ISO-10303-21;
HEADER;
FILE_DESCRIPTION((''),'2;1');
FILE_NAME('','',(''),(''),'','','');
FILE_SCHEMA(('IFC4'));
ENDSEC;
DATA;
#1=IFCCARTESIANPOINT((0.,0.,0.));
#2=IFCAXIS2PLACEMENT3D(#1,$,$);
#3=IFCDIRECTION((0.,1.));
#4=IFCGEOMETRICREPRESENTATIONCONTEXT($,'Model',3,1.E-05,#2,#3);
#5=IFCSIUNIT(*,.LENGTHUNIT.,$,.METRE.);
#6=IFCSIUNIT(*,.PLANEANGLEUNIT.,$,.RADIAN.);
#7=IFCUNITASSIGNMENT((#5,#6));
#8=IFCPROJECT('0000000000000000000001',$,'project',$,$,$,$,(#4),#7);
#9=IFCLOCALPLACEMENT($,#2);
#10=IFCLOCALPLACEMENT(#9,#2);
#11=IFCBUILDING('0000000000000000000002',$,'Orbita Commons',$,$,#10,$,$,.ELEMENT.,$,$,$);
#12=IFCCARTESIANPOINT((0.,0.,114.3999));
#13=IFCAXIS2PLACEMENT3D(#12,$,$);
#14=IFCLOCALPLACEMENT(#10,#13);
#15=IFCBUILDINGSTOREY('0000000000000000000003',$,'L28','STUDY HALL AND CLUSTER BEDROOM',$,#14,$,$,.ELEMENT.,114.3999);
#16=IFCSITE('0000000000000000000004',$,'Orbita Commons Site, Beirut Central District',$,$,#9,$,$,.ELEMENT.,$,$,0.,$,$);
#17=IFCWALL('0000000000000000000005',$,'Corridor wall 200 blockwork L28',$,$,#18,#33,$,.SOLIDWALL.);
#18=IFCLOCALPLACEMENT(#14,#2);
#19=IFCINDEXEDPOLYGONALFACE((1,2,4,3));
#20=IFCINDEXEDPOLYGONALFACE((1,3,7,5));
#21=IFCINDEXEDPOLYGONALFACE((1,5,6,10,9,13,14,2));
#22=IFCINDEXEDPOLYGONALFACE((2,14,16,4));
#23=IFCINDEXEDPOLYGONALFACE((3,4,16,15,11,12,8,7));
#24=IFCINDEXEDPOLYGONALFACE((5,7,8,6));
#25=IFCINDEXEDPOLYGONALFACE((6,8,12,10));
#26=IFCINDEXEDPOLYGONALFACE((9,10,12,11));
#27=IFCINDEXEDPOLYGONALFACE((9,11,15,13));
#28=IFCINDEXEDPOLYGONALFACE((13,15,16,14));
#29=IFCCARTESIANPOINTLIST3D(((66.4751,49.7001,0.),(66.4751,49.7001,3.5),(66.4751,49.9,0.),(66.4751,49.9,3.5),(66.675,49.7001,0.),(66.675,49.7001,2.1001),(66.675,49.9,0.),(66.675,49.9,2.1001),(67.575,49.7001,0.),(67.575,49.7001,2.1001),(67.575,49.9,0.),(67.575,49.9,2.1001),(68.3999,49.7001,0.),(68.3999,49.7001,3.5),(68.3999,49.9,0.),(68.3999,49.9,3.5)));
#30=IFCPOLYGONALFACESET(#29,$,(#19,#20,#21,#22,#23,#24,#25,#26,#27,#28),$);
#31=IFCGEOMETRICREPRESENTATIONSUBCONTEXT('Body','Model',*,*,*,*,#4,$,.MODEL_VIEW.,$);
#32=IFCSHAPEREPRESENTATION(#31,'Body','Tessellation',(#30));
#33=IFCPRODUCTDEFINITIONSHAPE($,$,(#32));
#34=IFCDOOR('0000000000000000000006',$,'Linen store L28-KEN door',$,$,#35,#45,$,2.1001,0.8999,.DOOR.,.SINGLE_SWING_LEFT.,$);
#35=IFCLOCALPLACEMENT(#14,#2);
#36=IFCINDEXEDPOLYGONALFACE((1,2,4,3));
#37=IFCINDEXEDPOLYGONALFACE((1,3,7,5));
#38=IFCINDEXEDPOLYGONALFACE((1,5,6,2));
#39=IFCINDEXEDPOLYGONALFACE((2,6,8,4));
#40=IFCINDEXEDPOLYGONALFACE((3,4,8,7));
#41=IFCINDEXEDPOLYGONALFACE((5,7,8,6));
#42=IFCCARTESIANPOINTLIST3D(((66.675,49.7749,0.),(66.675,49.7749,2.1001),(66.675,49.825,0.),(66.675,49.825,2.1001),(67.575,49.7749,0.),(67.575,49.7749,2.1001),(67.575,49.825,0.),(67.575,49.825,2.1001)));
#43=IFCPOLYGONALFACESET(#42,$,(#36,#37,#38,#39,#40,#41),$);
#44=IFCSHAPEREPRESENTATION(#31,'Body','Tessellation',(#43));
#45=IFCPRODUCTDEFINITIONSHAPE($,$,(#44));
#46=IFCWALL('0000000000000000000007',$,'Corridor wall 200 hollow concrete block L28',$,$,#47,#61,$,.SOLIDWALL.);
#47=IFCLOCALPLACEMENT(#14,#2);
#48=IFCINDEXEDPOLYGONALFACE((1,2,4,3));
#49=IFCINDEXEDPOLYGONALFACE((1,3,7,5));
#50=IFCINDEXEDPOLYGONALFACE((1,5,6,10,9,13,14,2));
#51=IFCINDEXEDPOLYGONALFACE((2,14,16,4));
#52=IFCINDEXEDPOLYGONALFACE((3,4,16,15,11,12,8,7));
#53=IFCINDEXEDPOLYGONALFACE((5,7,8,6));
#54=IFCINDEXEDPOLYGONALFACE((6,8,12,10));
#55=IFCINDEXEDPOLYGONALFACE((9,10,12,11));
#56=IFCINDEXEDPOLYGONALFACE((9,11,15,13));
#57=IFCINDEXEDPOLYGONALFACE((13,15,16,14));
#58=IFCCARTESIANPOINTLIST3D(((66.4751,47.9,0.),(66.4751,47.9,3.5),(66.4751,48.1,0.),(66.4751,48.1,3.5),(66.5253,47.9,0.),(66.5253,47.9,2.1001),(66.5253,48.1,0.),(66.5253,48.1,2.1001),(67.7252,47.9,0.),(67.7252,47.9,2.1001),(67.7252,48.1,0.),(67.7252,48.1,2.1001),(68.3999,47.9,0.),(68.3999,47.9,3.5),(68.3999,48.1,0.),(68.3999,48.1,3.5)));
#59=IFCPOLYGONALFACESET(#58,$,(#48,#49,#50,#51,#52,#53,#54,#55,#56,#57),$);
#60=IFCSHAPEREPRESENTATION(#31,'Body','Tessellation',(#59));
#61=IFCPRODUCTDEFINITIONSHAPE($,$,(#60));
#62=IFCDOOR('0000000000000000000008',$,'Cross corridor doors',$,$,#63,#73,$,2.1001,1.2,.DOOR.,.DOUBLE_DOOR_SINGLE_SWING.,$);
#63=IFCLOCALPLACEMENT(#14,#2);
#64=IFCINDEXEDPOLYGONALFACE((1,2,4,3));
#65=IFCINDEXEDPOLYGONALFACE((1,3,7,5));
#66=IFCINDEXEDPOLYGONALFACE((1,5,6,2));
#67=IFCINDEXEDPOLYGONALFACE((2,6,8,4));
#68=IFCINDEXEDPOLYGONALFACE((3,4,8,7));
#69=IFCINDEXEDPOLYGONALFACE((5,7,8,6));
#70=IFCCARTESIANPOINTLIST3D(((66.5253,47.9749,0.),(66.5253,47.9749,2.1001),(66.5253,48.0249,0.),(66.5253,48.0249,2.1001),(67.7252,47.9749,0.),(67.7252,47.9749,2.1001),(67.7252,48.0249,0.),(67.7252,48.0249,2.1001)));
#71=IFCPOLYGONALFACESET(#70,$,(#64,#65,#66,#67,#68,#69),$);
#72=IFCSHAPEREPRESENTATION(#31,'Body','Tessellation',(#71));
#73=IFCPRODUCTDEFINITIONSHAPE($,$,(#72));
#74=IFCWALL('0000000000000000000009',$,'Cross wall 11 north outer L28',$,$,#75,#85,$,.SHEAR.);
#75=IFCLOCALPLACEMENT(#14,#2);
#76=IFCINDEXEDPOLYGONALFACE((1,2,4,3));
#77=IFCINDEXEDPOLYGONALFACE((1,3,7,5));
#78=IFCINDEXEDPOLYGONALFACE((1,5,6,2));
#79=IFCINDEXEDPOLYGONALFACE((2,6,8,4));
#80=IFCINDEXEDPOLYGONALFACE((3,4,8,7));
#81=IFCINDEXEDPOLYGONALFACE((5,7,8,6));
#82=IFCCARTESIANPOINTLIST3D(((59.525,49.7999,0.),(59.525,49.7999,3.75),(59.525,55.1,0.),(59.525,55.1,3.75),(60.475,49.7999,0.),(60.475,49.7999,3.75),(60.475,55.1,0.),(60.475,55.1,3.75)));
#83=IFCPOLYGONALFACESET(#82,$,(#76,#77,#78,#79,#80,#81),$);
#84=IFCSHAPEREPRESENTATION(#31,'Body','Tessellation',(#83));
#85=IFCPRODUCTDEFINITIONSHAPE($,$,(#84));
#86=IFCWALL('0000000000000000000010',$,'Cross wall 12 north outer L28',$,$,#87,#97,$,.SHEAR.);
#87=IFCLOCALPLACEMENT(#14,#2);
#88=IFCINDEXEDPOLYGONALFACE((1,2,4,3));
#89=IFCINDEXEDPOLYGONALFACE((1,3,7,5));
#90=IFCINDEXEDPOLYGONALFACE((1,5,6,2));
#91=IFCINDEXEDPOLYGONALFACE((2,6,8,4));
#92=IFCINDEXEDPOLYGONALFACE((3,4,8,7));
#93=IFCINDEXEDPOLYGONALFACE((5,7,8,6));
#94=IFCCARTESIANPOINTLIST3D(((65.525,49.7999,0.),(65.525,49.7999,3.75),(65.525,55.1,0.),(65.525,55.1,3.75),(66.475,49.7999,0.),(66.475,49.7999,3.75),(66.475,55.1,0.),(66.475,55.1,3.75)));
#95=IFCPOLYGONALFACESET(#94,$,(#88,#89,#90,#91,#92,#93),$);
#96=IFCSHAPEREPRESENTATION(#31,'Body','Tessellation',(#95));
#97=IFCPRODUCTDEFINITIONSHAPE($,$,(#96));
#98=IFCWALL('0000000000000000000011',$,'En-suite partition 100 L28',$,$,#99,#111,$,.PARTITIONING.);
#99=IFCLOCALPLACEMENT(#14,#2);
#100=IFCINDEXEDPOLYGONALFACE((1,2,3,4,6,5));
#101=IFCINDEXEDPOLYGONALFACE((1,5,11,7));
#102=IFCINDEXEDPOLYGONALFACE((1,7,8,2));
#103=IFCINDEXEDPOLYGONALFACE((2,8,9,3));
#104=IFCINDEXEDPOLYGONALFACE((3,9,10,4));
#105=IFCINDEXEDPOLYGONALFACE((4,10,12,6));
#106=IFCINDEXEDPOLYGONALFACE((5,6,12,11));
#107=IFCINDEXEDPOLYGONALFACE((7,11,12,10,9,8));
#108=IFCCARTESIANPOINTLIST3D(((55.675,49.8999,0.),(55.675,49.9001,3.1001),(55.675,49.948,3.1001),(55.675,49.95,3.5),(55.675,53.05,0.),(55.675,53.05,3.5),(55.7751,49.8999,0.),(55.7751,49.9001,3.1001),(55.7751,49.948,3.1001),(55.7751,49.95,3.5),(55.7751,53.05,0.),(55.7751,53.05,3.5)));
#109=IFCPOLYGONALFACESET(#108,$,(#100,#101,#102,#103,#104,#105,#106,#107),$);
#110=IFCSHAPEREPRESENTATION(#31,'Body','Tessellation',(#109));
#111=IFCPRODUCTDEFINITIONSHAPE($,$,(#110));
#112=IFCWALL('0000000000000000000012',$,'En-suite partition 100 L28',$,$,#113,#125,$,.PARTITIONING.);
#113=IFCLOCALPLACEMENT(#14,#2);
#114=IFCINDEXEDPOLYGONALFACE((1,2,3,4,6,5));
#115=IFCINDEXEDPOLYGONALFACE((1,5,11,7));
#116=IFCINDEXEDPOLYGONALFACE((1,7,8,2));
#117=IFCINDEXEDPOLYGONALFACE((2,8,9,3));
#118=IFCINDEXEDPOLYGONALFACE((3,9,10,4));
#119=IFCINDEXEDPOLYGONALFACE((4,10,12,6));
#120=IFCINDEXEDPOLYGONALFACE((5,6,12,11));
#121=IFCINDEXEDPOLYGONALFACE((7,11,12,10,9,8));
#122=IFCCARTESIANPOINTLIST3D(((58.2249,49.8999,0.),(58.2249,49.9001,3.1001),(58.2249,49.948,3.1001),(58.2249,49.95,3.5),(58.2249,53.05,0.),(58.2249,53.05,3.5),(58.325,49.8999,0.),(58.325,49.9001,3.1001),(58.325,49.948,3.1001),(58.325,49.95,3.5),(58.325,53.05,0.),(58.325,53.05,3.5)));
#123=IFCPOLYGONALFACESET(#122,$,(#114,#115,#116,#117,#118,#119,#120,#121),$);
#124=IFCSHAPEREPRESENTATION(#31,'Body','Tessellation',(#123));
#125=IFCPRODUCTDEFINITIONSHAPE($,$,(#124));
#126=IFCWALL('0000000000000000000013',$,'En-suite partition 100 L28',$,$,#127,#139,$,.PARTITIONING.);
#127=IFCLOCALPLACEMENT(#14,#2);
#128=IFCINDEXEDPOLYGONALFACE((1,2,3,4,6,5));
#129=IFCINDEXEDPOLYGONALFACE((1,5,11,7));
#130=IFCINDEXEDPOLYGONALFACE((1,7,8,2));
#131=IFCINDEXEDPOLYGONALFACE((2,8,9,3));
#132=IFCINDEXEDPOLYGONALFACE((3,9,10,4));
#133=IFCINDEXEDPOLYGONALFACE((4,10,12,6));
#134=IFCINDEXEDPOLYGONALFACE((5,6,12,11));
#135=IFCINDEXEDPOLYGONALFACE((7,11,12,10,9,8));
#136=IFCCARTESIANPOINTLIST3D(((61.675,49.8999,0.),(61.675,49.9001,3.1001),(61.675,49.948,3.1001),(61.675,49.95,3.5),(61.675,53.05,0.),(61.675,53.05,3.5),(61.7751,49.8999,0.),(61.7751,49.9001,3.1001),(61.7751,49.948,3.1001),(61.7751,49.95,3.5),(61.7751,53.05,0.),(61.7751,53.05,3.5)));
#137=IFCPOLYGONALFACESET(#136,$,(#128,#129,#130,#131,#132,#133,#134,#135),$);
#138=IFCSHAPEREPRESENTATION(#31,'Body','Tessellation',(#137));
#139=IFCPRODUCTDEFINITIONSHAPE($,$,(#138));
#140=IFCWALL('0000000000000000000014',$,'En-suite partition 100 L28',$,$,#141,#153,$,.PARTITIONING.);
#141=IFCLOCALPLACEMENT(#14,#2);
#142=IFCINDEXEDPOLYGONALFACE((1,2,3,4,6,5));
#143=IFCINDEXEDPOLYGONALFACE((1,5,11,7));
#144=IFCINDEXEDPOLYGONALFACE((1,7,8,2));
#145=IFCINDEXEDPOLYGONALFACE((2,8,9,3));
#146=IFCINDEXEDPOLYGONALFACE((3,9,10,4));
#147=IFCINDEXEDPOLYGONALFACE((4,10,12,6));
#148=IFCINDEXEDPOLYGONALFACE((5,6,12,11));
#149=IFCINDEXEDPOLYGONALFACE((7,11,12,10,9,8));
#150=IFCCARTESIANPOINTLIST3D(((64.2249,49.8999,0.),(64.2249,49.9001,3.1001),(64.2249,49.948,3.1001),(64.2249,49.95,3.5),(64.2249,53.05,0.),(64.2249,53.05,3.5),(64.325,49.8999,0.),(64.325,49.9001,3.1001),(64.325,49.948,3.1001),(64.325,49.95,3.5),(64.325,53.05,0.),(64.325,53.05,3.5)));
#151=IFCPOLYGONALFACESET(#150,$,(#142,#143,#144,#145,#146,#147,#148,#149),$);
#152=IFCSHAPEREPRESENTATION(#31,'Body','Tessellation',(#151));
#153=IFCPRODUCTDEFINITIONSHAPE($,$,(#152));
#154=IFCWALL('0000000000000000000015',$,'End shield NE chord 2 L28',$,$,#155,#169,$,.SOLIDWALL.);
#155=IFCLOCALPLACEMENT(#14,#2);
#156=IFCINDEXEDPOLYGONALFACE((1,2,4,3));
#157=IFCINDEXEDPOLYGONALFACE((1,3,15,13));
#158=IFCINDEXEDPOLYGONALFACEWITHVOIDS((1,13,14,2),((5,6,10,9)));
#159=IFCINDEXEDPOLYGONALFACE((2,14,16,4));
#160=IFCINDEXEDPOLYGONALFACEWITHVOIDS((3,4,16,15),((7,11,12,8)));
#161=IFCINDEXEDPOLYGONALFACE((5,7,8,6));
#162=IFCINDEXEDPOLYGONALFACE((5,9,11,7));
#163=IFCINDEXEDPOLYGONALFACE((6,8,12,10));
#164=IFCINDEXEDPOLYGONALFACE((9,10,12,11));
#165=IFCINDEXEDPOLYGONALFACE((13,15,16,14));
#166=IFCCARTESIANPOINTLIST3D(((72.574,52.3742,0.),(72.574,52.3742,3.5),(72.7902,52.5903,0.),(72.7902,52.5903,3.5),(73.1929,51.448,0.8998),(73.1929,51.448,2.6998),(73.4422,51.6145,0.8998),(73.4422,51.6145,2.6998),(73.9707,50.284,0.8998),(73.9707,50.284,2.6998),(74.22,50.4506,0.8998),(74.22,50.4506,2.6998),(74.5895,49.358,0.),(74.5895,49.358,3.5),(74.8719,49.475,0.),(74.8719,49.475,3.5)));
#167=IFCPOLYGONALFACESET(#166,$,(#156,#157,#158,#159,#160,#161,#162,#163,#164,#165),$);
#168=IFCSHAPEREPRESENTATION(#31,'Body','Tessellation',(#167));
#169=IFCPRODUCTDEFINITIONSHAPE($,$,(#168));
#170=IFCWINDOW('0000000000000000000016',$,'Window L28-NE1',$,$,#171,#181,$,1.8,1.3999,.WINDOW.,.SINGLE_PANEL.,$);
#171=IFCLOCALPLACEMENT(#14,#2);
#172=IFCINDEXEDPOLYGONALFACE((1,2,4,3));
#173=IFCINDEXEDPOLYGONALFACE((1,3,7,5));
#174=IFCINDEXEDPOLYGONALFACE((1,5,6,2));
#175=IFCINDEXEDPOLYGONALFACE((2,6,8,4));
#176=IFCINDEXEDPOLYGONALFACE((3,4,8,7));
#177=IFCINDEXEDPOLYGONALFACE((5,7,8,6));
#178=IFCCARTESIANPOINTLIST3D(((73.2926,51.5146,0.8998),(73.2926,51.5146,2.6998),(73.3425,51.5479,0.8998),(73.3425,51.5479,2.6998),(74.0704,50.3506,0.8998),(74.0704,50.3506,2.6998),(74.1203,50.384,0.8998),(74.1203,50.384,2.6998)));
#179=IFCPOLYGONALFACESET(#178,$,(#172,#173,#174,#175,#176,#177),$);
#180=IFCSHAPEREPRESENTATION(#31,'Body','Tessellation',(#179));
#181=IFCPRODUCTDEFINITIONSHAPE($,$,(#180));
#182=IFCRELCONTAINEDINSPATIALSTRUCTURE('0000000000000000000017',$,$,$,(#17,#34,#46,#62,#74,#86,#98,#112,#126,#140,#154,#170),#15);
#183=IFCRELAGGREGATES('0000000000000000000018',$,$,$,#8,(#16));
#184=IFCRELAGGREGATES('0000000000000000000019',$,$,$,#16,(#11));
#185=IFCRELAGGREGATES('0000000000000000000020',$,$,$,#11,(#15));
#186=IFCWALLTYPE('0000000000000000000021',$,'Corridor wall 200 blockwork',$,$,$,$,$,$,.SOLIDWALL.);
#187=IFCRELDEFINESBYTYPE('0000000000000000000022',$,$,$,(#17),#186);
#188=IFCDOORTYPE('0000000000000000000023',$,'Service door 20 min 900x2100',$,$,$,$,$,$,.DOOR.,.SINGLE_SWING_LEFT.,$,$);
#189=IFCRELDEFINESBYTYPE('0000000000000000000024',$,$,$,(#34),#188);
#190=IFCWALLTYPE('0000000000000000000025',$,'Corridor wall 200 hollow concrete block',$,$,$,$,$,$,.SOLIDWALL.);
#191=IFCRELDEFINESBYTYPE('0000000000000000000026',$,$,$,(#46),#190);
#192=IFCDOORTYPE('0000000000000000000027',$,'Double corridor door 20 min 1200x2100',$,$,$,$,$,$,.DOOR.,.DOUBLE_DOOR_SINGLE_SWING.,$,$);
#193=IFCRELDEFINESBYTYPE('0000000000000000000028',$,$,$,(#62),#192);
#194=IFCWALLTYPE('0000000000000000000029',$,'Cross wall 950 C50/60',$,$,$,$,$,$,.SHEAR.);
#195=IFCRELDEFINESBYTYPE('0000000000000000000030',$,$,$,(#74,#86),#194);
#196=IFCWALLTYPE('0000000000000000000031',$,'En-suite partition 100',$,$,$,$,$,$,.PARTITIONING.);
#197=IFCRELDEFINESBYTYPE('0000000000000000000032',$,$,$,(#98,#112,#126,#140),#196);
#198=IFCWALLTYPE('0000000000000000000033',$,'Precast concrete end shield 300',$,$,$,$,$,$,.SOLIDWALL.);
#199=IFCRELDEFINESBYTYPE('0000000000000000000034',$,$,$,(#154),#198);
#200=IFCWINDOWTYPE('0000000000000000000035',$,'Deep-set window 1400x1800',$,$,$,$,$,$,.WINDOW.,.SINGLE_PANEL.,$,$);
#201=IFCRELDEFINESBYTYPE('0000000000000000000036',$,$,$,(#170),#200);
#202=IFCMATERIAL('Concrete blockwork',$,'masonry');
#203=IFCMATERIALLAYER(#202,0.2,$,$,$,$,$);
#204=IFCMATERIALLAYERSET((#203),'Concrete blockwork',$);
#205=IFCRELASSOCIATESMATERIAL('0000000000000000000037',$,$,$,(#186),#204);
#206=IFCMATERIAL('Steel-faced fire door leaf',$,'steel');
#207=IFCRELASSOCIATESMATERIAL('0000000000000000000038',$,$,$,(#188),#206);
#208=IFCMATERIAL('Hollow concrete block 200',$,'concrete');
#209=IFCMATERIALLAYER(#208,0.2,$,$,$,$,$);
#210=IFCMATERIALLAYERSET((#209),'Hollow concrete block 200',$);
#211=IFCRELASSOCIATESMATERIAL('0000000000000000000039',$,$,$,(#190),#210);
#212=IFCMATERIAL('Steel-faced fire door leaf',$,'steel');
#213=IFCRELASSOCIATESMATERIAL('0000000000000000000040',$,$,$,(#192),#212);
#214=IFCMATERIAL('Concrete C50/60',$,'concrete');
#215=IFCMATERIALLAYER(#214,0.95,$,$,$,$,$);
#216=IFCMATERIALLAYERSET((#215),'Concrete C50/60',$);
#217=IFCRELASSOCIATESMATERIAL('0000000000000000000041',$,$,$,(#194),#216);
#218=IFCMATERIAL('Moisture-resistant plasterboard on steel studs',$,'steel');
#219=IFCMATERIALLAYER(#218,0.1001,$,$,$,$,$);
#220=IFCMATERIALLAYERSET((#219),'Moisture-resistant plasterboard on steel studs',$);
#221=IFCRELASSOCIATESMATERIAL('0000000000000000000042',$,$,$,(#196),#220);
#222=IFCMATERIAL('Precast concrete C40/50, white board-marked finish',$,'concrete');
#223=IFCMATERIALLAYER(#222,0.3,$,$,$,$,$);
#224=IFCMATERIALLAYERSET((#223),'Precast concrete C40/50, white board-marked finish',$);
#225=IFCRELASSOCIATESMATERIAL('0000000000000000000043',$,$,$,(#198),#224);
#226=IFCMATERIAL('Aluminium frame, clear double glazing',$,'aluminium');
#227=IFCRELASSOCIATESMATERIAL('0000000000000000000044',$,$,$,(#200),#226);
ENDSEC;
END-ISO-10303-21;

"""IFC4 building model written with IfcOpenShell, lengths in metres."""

from ifc_helpers import new_model, si_unit, direction, frame, frame_2d, origin, place, context, subcontext, project, spatial, polyline, rectangle, outline, extrude, material, layer, layer_set, type_object, element, fill, save


model = new_model("IFC4")

# Units and contexts
model_context = context("Model", 3, precision=1e-05, world=origin(), true_north=direction((0.0, 1.0)))
body_context = subcontext(model_context, "Body", "Model", "MODEL_VIEW")
ifc_project = project(units=[si_unit("LENGTHUNIT", "METRE"), si_unit("PLANEANGLEUNIT", "RADIAN")], contexts=[model_context])

# Site, building, storey
site_placement = place(None, origin())
site = spatial("IfcSite", under=ifc_project, at=site_placement, Name="Orbita Commons Site, Beirut Central District", CompositionType="ELEMENT", RefElevation=0.0)
building_placement = place(site_placement, origin())
building = spatial("IfcBuilding", under=site, at=building_placement, Name="Orbita Commons", CompositionType="ELEMENT")
storey_placement = place(building_placement, frame((0.0, 0.0, 114.3999)))
storey = spatial("IfcBuildingStorey", under=building, at=storey_placement, Name="L28", Description="STUDY HALL AND CLUSTER BEDROOM", CompositionType="ELEMENT", Elevation=114.3999)

# Shared definitions
ifc_material_1 = material(Name="Concrete blockwork", Category="masonry")
ifc_layer_1 = layer(ifc_material_1, 0.2)
ifc_layer_set_1 = layer_set([ifc_layer_1], Name="Concrete blockwork")
wall_type_1 = type_object("IfcWallType", Name="Corridor wall 200 blockwork", PredefinedType="SOLIDWALL", material=ifc_layer_set_1)

# Walls, openings, doors
wall_1_placement = place(storey_placement, frame((66.4751, 49.8, 0.0), z_axis=(0.0, 0.0, 1.0), x_axis=(1.0, 0.0, 0.0)))
wall_1 = element("IfcWall", 1, at=wall_1_placement, inside=storey, type_object=wall_type_1, Name="Corridor wall 200 blockwork L28", PredefinedType="SOLIDWALL", context=body_context, shape_type="SweptSolid", body=[
    extrude(rectangle(XDim=1.9248, YDim=0.2, at=frame_2d((0.9624, 0.0))), origin(), (0.0, 0.0, 1.0), 3.5),
])
opening_1_placement = place(wall_1_placement, frame((0.2, 0.0, 0.0)))
opening_1 = element("IfcOpeningElement", 2, at=opening_1_placement, cuts=wall_1, PredefinedType="OPENING", context=body_context, shape_type="SweptSolid", body=[
    extrude(rectangle(XDim=0.8999, YDim=2.1001, at=frame_2d((0.45, 1.05))), frame((0.0, 0.1099, 0.0), z_axis=(0.0, -1.0, 0.0), x_axis=(1.0, 0.0, 0.0)), (0.0, 0.0, 1.0), 0.22),
])
ifc_material_2 = material(Name="Steel-faced fire door leaf", Category="steel")
door_type_1 = type_object("IfcDoorType", Name="Service door 20 min 900x2100", OperationType="SINGLE_SWING_LEFT", PredefinedType="DOOR", material=ifc_material_2)
door_1_placement = place(opening_1_placement, origin())
door_1 = element("IfcDoor", 3, at=door_1_placement, inside=storey, type_object=door_type_1, Name="Linen store L28-KEN door", OperationType="SINGLE_SWING_LEFT", OverallHeight=2.1001, OverallWidth=0.8999, PredefinedType="DOOR", context=body_context, shape_type="SweptSolid", body=[
    extrude(rectangle(XDim=0.8999, YDim=2.1001, at=frame_2d((0.45, 1.05))), frame((0.0, 0.0249, 0.0), z_axis=(0.0, -1.0, 0.0), x_axis=(1.0, 0.0, 0.0)), (0.0, 0.0, 1.0), 0.05),
])
fill(opening_1, door_1)
ifc_material_3 = material(Name="Hollow concrete block 200", Category="concrete")
ifc_layer_2 = layer(ifc_material_3, 0.2)
ifc_layer_set_2 = layer_set([ifc_layer_2], Name="Hollow concrete block 200")
wall_type_2 = type_object("IfcWallType", Name="Corridor wall 200 hollow concrete block", PredefinedType="SOLIDWALL", material=ifc_layer_set_2)
wall_2_placement = place(storey_placement, frame((66.4751, 48.0, 0.0), z_axis=(0.0, 0.0, 1.0), x_axis=(1.0, 0.0, 0.0)))
wall_2 = element("IfcWall", 4, at=wall_2_placement, inside=storey, type_object=wall_type_2, Name="Corridor wall 200 hollow concrete block L28", PredefinedType="SOLIDWALL", context=body_context, shape_type="SweptSolid", body=[
    extrude(rectangle(XDim=1.9248, YDim=0.2, at=frame_2d((0.9624, 0.0))), origin(), (0.0, 0.0, 1.0), 3.5),
])
opening_2_placement = place(wall_2_placement, frame((0.05, 0.0, 0.0)))
opening_2 = element("IfcOpeningElement", 5, at=opening_2_placement, cuts=wall_2, PredefinedType="OPENING", context=body_context, shape_type="SweptSolid", body=[
    extrude(rectangle(XDim=1.2, YDim=2.1001, at=frame_2d((0.6001, 1.05))), frame((0.0, 0.1099, 0.0), z_axis=(0.0, -1.0, 0.0), x_axis=(1.0, 0.0, 0.0)), (0.0, 0.0, 1.0), 0.22),
])
ifc_material_4 = material(Name="Steel-faced fire door leaf", Category="steel")
door_type_2 = type_object("IfcDoorType", Name="Double corridor door 20 min 1200x2100", OperationType="DOUBLE_DOOR_SINGLE_SWING", PredefinedType="DOOR", material=ifc_material_4)
door_2_placement = place(opening_2_placement, origin())
door_2 = element("IfcDoor", 6, at=door_2_placement, inside=storey, type_object=door_type_2, Name="Cross corridor doors", OperationType="DOUBLE_DOOR_SINGLE_SWING", OverallHeight=2.1001, OverallWidth=1.2, PredefinedType="DOOR", context=body_context, shape_type="SweptSolid", body=[
    extrude(rectangle(XDim=1.2, YDim=2.1001, at=frame_2d((0.6001, 1.05))), frame((0.0, 0.0249, 0.0), z_axis=(0.0, -1.0, 0.0), x_axis=(1.0, 0.0, 0.0)), (0.0, 0.0, 1.0), 0.05),
])
fill(opening_2, door_2)

# Walls
ifc_material_5 = material(Name="Concrete C50/60", Category="concrete")
ifc_layer_3 = layer(ifc_material_5, 0.95)
ifc_layer_set_3 = layer_set([ifc_layer_3], Name="Concrete C50/60")
wall_type_3 = type_object("IfcWallType", Name="Cross wall 950 C50/60", PredefinedType="SHEAR", material=ifc_layer_set_3)
for number, where, z_axis, x_axis, name in (
    (7, (60.0, 49.8, 0.0), (0.0, 0.0, 1.0), (0.0, 1.0, 0.0), "Cross wall 11 north outer L28"),
    (8, (66.0, 49.8, 0.0), (0.0, 0.0, 1.0), (0.0, 1.0, 0.0), "Cross wall 12 north outer L28"),
):
    element("IfcWall", number, at=place(storey_placement, frame(where, z_axis=z_axis, x_axis=x_axis)), inside=storey, type_object=wall_type_3, Name=name, PredefinedType="SHEAR", context=body_context, shape_type="SweptSolid", body=[
        extrude(rectangle(XDim=5.3, YDim=0.95, at=frame_2d((2.6499, 0.0))), origin(), (0.0, 0.0, 1.0), 3.75),
    ])
ifc_material_6 = material(Name="Moisture-resistant plasterboard on steel studs", Category="steel")
ifc_layer_4 = layer(ifc_material_6, 0.1001)
ifc_layer_set_4 = layer_set([ifc_layer_4], Name="Moisture-resistant plasterboard on steel studs")
wall_type_4 = type_object("IfcWallType", Name="En-suite partition 100", PredefinedType="PARTITIONING", material=ifc_layer_set_4)
for number, where, z_axis, x_axis, name in (
    (9, (55.7251, 53.05, 0.0), (0.0, 0.0, 1.0), (0.0, -1.0, 0.0), "En-suite partition 100 L28"),
    (10, (58.2749, 53.05, 0.0), (0.0, 0.0, 1.0), (0.0, -1.0, 0.0), "En-suite partition 100 L28"),
    (11, (61.7251, 53.05, 0.0), (0.0, 0.0, 1.0), (0.0, -1.0, 0.0), "En-suite partition 100 L28"),
    (12, (64.2749, 53.05, 0.0), (0.0, 0.0, 1.0), (0.0, -1.0, 0.0), "En-suite partition 100 L28"),
):
    element("IfcWall", number, at=place(storey_placement, frame(where, z_axis=z_axis, x_axis=x_axis)), inside=storey, type_object=wall_type_4, Name=name, PredefinedType="PARTITIONING", context=body_context, shape_type="SweptSolid", body=[
        extrude(outline(polyline([(0.0, 0.0), (3.1501, 0.0), (3.1499, 3.1001), (3.1021, 3.1001), (3.1001, 3.5), (0.0, 3.5), (0.0, 0.0)])), frame((0.0, 0.05, 0.0), z_axis=(0.0, -1.0, 0.0), x_axis=(1.0, 0.0, 0.0)), (0.0, 0.0, 1.0), 0.1001),
    ])

# Wall, opening, window
ifc_material_7 = material(Name="Precast concrete C40/50, white board-marked finish", Category="concrete")
ifc_layer_5 = layer(ifc_material_7, 0.3)
ifc_layer_set_5 = layer_set([ifc_layer_5], Name="Precast concrete C40/50, white board-marked finish")
wall_type_5 = type_object("IfcWallType", Name="Precast concrete end shield 300", PredefinedType="SOLIDWALL", material=ifc_layer_set_5)
wall_3_placement = place(storey_placement, frame((74.7307, 49.4165, 0.0), z_axis=(0.0, 0.0, 1.0), x_axis=(-0.555601, 0.831449, 0.0)))
wall_3 = element("IfcWall", 13, at=wall_3_placement, inside=storey, type_object=wall_type_5, Name="End shield NE chord 2 L28", PredefinedType="SOLIDWALL", context=body_context, shape_type="SweptSolid", body=[
    extrude(outline(polyline([(-0.0298, -0.1499), (3.717, -0.1499), (3.6575, 0.1499), (0.0298, 0.1499), (-0.0298, -0.1499)])), origin(), (0.0, 0.0, 1.0), 3.5),
])
opening_3_placement = place(wall_3_placement, frame((1.1436, 0.0, 0.8999)))
opening_3 = element("IfcOpeningElement", 14, at=opening_3_placement, cuts=wall_3, PredefinedType="OPENING", context=body_context, shape_type="SweptSolid", body=[
    extrude(rectangle(XDim=1.3999, YDim=1.8, at=frame_2d((0.7, 0.8999))), frame((0.0, 0.1599, 0.0), z_axis=(0.0, -1.0, 0.0), x_axis=(1.0, 0.0, 0.0)), (0.0, 0.0, 1.0), 0.3201),
])
ifc_material_8 = material(Name="Aluminium frame, clear double glazing", Category="aluminium")
window_type = type_object("IfcWindowType", Name="Deep-set window 1400x1800", PartitioningType="SINGLE_PANEL", PredefinedType="WINDOW", material=ifc_material_8)
window_1_placement = place(opening_3_placement, origin())
window_1 = element("IfcWindow", 15, at=window_1_placement, inside=storey, type_object=window_type, Name="Window L28-NE1", OverallHeight=1.8, OverallWidth=1.3999, PartitioningType="SINGLE_PANEL", PredefinedType="WINDOW", context=body_context, shape_type="SweptSolid", body=[
    extrude(rectangle(XDim=1.3999, YDim=1.8, at=frame_2d((0.7, 0.8999))), frame((0.0, 0.03, 0.0), z_axis=(0.0, -1.0, 0.0), x_axis=(1.0, 0.0, 0.0)), (0.0, 0.0, 1.0), 0.0601),
])
fill(opening_3, window_1)

save(model, "model.ifc")
